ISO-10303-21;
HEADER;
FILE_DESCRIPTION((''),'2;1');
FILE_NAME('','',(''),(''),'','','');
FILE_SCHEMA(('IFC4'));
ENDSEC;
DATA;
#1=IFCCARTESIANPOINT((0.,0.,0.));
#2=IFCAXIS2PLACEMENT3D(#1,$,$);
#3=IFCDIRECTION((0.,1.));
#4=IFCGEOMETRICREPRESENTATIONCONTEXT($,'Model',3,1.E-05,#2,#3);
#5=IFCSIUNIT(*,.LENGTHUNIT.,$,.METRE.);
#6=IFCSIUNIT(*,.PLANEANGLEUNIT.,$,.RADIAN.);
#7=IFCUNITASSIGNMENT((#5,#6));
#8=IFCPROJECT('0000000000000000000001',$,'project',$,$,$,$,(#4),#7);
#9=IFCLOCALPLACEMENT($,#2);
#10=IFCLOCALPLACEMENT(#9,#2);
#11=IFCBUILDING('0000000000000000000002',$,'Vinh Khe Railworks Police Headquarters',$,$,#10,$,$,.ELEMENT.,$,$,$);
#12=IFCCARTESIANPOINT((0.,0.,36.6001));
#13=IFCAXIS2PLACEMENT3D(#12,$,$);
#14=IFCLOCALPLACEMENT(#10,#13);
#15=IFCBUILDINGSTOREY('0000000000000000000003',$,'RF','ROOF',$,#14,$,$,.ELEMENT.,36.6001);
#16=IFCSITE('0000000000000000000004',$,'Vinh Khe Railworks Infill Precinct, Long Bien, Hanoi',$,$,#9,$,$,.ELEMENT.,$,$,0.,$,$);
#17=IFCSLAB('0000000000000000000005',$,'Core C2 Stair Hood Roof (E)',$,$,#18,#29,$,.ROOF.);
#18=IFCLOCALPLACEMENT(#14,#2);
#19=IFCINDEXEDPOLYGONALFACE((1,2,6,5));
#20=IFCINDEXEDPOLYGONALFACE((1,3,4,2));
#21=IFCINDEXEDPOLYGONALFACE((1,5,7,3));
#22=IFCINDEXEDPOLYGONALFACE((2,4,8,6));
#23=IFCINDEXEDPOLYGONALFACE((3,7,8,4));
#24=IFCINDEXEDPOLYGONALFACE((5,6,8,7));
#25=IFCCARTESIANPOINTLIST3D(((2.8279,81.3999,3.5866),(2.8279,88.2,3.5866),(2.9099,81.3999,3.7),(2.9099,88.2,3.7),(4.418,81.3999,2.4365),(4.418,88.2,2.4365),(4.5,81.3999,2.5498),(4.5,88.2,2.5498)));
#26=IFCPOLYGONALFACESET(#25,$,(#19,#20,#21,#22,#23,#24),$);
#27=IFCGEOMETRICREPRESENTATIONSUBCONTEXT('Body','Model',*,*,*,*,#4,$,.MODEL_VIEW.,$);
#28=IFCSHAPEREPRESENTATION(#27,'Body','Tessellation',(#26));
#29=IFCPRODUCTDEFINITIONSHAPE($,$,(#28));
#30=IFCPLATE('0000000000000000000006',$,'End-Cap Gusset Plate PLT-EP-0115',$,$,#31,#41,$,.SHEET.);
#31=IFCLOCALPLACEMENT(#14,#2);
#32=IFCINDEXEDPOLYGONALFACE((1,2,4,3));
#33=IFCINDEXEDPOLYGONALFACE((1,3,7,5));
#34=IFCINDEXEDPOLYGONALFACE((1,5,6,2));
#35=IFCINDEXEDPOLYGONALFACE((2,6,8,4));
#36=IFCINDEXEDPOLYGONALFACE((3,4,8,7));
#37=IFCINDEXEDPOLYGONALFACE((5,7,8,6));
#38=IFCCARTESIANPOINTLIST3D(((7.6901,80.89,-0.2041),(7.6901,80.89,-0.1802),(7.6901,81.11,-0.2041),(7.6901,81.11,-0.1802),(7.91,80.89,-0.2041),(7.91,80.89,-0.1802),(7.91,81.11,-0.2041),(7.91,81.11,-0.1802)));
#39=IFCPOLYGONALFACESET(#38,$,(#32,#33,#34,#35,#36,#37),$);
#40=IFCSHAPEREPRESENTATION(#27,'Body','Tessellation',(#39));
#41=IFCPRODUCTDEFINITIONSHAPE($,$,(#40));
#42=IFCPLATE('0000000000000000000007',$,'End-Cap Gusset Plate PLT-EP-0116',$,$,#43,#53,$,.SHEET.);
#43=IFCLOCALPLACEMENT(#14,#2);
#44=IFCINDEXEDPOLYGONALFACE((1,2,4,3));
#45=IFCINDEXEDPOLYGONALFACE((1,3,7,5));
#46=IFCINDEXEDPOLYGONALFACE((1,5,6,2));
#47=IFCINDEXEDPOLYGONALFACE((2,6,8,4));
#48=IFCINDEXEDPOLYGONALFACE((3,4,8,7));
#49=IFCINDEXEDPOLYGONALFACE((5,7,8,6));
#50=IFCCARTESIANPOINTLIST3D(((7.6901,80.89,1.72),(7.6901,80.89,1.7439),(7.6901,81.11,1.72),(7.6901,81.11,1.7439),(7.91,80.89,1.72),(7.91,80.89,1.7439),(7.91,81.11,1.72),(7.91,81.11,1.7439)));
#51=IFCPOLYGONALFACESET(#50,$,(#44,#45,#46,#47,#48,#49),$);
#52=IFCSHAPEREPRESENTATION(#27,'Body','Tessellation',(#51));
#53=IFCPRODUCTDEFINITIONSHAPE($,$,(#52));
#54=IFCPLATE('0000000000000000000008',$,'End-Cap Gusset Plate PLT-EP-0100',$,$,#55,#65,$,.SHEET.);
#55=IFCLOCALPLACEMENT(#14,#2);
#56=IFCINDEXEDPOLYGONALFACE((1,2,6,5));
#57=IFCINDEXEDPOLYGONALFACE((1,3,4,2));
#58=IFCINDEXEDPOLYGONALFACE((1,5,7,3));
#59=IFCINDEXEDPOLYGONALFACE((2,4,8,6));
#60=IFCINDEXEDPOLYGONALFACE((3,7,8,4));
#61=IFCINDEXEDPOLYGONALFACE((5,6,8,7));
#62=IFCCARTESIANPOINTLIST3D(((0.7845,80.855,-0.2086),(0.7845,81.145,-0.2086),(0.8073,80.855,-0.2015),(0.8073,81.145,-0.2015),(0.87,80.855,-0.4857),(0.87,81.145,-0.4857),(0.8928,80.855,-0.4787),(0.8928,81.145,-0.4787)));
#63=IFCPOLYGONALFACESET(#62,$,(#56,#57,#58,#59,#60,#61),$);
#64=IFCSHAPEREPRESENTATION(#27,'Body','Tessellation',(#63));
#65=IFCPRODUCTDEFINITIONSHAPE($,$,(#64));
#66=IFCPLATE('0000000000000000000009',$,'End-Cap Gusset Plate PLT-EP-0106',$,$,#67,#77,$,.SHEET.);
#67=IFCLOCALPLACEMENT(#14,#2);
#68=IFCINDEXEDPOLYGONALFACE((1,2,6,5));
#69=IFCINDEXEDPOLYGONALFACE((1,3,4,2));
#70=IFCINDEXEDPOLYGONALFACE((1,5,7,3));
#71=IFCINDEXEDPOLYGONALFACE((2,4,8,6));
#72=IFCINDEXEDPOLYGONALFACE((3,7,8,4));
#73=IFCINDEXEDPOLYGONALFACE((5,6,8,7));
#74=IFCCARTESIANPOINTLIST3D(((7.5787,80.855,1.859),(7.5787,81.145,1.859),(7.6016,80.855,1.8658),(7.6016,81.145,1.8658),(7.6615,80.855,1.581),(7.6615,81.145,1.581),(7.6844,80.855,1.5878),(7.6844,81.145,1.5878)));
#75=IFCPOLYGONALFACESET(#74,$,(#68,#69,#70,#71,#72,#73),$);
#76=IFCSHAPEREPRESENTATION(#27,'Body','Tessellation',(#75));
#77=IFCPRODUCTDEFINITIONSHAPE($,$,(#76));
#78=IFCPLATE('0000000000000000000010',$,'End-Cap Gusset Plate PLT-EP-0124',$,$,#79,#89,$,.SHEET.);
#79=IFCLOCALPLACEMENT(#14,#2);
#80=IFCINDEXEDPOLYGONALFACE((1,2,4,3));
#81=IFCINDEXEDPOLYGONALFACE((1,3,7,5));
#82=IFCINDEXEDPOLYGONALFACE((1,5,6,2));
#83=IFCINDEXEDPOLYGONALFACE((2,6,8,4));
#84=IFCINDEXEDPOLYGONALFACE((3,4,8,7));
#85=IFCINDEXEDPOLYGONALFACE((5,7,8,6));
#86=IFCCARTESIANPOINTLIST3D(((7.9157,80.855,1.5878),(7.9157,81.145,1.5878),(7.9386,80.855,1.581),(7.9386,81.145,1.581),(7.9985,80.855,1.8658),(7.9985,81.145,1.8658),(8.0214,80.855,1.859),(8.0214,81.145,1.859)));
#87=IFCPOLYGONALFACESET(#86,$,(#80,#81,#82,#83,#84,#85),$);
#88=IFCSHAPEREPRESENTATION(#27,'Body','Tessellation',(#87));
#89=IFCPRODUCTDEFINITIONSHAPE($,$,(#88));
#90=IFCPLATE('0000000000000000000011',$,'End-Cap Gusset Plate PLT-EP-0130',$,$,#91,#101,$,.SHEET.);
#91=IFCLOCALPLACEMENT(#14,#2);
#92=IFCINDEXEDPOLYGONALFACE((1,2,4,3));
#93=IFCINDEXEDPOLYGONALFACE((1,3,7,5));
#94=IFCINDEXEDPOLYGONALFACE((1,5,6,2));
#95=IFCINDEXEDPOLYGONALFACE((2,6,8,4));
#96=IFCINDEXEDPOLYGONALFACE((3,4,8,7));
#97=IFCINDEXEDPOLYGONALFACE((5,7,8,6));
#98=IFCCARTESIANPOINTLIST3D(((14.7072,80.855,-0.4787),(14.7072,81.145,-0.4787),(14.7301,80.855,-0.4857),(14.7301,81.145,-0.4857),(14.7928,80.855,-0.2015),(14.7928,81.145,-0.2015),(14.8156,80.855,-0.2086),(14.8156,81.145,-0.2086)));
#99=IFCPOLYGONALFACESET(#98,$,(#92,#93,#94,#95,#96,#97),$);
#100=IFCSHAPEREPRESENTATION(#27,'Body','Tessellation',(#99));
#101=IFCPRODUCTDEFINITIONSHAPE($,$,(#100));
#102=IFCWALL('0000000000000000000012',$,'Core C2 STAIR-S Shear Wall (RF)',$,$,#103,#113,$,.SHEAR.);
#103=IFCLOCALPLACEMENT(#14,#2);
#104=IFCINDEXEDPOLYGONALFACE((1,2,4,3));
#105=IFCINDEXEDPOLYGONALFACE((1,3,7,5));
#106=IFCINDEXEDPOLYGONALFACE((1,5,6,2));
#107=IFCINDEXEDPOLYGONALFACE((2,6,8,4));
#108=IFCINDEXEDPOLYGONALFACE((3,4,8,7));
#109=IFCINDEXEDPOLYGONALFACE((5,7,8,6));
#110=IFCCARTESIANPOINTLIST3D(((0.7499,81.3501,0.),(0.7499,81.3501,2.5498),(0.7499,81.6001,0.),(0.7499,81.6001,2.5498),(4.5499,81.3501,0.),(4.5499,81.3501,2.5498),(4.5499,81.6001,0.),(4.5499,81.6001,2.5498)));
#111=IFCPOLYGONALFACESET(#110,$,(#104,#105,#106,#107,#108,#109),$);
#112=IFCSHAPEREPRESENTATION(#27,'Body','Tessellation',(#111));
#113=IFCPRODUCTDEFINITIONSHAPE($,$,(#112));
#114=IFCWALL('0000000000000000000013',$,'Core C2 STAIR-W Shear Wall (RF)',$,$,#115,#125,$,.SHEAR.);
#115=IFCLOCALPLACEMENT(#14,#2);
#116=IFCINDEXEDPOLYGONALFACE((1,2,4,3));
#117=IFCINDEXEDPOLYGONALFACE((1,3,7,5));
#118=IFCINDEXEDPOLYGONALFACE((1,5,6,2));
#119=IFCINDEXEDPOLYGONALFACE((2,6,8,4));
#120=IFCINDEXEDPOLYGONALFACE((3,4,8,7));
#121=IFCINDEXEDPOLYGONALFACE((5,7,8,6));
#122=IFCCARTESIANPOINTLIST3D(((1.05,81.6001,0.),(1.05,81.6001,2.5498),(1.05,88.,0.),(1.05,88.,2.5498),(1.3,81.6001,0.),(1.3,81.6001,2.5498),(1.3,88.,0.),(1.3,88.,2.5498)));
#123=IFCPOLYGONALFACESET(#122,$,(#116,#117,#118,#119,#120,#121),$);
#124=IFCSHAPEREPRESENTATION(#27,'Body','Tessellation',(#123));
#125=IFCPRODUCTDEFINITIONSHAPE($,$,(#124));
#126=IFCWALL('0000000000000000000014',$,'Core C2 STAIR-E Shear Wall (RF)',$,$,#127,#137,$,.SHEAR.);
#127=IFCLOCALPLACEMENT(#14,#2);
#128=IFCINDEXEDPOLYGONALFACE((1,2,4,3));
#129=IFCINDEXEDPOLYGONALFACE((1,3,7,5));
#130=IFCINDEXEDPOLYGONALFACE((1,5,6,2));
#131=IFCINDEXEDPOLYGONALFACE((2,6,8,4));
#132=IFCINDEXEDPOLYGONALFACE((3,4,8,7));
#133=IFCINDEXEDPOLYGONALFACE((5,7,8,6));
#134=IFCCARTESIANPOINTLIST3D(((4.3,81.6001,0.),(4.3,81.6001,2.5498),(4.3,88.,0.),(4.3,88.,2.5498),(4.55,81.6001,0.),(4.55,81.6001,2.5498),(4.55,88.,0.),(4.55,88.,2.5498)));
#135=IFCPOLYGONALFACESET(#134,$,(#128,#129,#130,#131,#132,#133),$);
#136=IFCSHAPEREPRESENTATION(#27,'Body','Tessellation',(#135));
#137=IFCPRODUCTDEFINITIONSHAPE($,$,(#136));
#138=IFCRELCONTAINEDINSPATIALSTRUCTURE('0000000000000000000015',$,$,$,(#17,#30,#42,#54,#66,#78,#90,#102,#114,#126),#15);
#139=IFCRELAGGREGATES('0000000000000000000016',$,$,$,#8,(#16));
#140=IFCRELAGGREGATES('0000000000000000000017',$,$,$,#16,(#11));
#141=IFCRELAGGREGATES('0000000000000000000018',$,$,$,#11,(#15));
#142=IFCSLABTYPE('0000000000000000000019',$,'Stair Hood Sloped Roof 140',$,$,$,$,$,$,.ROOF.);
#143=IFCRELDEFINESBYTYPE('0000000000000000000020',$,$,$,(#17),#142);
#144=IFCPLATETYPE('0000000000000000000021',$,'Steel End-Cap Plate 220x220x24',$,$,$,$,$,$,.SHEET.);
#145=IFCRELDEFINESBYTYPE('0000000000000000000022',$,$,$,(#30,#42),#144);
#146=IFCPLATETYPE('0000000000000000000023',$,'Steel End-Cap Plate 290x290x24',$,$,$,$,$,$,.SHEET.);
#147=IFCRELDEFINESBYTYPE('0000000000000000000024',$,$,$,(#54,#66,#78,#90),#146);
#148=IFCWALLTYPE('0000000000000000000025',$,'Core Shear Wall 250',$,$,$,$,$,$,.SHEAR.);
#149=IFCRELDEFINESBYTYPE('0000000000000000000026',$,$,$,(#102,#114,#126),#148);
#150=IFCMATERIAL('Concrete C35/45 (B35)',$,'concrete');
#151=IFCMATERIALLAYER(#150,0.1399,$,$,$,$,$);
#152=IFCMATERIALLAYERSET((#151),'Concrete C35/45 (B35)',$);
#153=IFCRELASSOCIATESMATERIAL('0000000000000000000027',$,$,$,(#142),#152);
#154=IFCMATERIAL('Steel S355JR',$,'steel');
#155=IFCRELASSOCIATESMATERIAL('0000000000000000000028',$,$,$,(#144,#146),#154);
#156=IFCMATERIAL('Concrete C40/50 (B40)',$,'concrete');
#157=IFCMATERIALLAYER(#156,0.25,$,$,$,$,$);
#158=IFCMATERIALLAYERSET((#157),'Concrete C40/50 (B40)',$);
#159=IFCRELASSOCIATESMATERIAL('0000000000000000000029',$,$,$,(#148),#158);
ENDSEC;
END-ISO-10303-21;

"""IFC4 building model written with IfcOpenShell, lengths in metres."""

from ifc_helpers import new_model, si_unit, direction, frame, frame_2d, origin, origin_2d, place, context, subcontext, project, spatial, polyline, rectangle, outline, extrude, material, layer, layer_set, material_profile, profile_set, type_object, element, save


model = new_model("IFC4")

# Units and contexts
model_context = context("Model", 3, precision=1e-05, world=origin(), true_north=direction((0.0, 1.0)))
body_context = subcontext(model_context, "Body", "Model", "MODEL_VIEW")
ifc_project = project(units=[si_unit("LENGTHUNIT", "METRE"), si_unit("PLANEANGLEUNIT", "RADIAN")], contexts=[model_context])

# Site, building, storey
site_placement = place(None, origin())
site = spatial("IfcSite", under=ifc_project, at=site_placement, Name="Vinh Khe Railworks Infill Precinct, Long Bien, Hanoi", CompositionType="ELEMENT", RefElevation=0.0)
building_placement = place(site_placement, origin())
building = spatial("IfcBuilding", under=site, at=building_placement, Name="Vinh Khe Railworks Police Headquarters", CompositionType="ELEMENT")
storey_placement = place(building_placement, frame((0.0, 0.0, 36.6001)))
storey = spatial("IfcBuildingStorey", under=building, at=storey_placement, Name="RF", Description="ROOF", CompositionType="ELEMENT", Elevation=36.6001)

# Shared definitions
ifc_material_1 = material(Name="Steel S355JR", Category="steel")

# Slab
ifc_material_2 = material(Name="Concrete C35/45 (B35)", Category="concrete")
ifc_layer_1 = layer(ifc_material_2, 0.1399)
ifc_layer_set_1 = layer_set([ifc_layer_1], Name="Concrete C35/45 (B35)")
slab_type = type_object("IfcSlabType", Name="Stair Hood Sloped Roof 140", PredefinedType="ROOF", material=ifc_layer_set_1)
slab_1_placement = place(storey_placement, frame((2.9099, 81.3999, 3.7), z_axis=(0.586076, 0.0, 0.810256), x_axis=(0.810256, 0.0, -0.586076)))
element("IfcSlab", 1, at=slab_1_placement, inside=storey, type_object=slab_type, Name="Core C2 Stair Hood Roof (E)", PredefinedType="ROOF", context=body_context, shape_type="SweptSolid", body=[
    extrude(outline(polyline([(0.0, 0.0), (1.9625, 0.0), (1.9625, 6.8), (0.0, 6.8), (0.0, 0.0)])), origin(), (0.0, 0.0, -1.0), 0.1399),
])

# Plates
ifc_material_profile_1 = material_profile(ifc_material_1, rectangle(XDim=0.22, YDim=0.22, at=origin_2d()), Name="PL 220x220")
ifc_profile_set_1 = profile_set([ifc_material_profile_1], Name="Steel S355JR")
plate_type_1 = type_object("IfcPlateType", Name="Steel End-Cap Plate 220x220x24", PredefinedType="SHEET", material=ifc_profile_set_1)
for number, where, z_axis, x_axis, name in (
    (2, (7.8, 81.0, -0.1802), (0.0, 0.0, -1.0), (1.0, 0.0, 0.0), "End-Cap Gusset Plate PLT-EP-0115"),
    (3, (7.8, 81.0, 1.72), (0.0, 0.0, 1.0), (1.0, 0.0, 0.0), "End-Cap Gusset Plate PLT-EP-0116"),
):
    element("IfcPlate", number, at=place(storey_placement, frame(where, z_axis=z_axis, x_axis=x_axis)), inside=storey, type_object=plate_type_1, Name=name, PredefinedType="SHEET", context=body_context, shape_type="SweptSolid", body=[
        extrude(rectangle(XDim=0.22, YDim=0.22, at=origin_2d()), origin(), (0.0, 0.0, 1.0), 0.0239),
    ])
ifc_material_profile_2 = material_profile(ifc_material_1, rectangle(XDim=0.29, YDim=0.29, at=origin_2d()), Name="PL 290x290")
ifc_profile_set_2 = profile_set([ifc_material_profile_2], Name="Steel S355JR")
plate_type_2 = type_object("IfcPlateType", Name="Steel End-Cap Plate 290x290x24", PredefinedType="SHEET", material=ifc_profile_set_2)
for number, where, z_axis, x_axis, name in (
    (4, (0.8501, 81.0, -0.3401), (-0.955559, 0.0, -0.2948), (0.0, -1.0, 0.0), "End-Cap Gusset Plate PLT-EP-0100"),
    (5, (7.6201, 81.0, 1.72), (0.958386, 0.0, 0.285477), (0.0, 1.0, 0.0), "End-Cap Gusset Plate PLT-EP-0106"),
    (6, (7.98, 81.0, 1.72), (-0.958386, 0.0, 0.285477), (0.0, -1.0, 0.0), "End-Cap Gusset Plate PLT-EP-0124"),
    (7, (14.75, 81.0, -0.3401), (0.955559, 0.0, -0.2948), (0.0, 1.0, 0.0), "End-Cap Gusset Plate PLT-EP-0130"),
):
    element("IfcPlate", number, at=place(storey_placement, frame(where, z_axis=z_axis, x_axis=x_axis)), inside=storey, type_object=plate_type_2, Name=name, PredefinedType="SHEET", context=body_context, shape_type="SweptSolid", body=[
        extrude(rectangle(XDim=0.29, YDim=0.29, at=origin_2d()), origin(), (0.0, 0.0, 1.0), 0.0239),
    ])

# Walls
ifc_material_3 = material(Name="Concrete C40/50 (B40)", Category="concrete")
ifc_layer_2 = layer(ifc_material_3, 0.25)
ifc_layer_set_2 = layer_set([ifc_layer_2], Name="Concrete C40/50 (B40)")
wall_type = type_object("IfcWallType", Name="Core Shear Wall 250", PredefinedType="SHEAR", material=ifc_layer_set_2)
wall_placement = place(storey_placement, frame((0.75, 81.4751, 0.0), z_axis=(0.0, 0.0, 1.0), x_axis=(1.0, 0.0, 0.0)))
element("IfcWall", 8, at=wall_placement, inside=storey, type_object=wall_type, Name="Core C2 STAIR-S Shear Wall (RF)", PredefinedType="SHEAR", context=body_context, shape_type="SweptSolid", body=[
    extrude(rectangle(XDim=3.8, YDim=0.25, at=frame_2d((1.8999, 0.0))), origin(), (0.0, 0.0, 1.0), 2.5498),
])
for number, where, z_axis, x_axis, name in (
    (9, (1.175, 81.6001, 0.0), (0.0, 0.0, 1.0), (0.0, 1.0, 0.0), "Core C2 STAIR-W Shear Wall (RF)"),
    (10, (4.425, 81.6001, 0.0), (0.0, 0.0, 1.0), (0.0, 1.0, 0.0), "Core C2 STAIR-E Shear Wall (RF)"),
):
    element("IfcWall", number, at=place(storey_placement, frame(where, z_axis=z_axis, x_axis=x_axis)), inside=storey, type_object=wall_type, Name=name, PredefinedType="SHEAR", context=body_context, shape_type="SweptSolid", body=[
        extrude(rectangle(XDim=6.3999, YDim=0.25, at=frame_2d((3.2, 0.0))), origin(), (0.0, 0.0, 1.0), 2.5498),
    ])

save(model, "model.ifc")
